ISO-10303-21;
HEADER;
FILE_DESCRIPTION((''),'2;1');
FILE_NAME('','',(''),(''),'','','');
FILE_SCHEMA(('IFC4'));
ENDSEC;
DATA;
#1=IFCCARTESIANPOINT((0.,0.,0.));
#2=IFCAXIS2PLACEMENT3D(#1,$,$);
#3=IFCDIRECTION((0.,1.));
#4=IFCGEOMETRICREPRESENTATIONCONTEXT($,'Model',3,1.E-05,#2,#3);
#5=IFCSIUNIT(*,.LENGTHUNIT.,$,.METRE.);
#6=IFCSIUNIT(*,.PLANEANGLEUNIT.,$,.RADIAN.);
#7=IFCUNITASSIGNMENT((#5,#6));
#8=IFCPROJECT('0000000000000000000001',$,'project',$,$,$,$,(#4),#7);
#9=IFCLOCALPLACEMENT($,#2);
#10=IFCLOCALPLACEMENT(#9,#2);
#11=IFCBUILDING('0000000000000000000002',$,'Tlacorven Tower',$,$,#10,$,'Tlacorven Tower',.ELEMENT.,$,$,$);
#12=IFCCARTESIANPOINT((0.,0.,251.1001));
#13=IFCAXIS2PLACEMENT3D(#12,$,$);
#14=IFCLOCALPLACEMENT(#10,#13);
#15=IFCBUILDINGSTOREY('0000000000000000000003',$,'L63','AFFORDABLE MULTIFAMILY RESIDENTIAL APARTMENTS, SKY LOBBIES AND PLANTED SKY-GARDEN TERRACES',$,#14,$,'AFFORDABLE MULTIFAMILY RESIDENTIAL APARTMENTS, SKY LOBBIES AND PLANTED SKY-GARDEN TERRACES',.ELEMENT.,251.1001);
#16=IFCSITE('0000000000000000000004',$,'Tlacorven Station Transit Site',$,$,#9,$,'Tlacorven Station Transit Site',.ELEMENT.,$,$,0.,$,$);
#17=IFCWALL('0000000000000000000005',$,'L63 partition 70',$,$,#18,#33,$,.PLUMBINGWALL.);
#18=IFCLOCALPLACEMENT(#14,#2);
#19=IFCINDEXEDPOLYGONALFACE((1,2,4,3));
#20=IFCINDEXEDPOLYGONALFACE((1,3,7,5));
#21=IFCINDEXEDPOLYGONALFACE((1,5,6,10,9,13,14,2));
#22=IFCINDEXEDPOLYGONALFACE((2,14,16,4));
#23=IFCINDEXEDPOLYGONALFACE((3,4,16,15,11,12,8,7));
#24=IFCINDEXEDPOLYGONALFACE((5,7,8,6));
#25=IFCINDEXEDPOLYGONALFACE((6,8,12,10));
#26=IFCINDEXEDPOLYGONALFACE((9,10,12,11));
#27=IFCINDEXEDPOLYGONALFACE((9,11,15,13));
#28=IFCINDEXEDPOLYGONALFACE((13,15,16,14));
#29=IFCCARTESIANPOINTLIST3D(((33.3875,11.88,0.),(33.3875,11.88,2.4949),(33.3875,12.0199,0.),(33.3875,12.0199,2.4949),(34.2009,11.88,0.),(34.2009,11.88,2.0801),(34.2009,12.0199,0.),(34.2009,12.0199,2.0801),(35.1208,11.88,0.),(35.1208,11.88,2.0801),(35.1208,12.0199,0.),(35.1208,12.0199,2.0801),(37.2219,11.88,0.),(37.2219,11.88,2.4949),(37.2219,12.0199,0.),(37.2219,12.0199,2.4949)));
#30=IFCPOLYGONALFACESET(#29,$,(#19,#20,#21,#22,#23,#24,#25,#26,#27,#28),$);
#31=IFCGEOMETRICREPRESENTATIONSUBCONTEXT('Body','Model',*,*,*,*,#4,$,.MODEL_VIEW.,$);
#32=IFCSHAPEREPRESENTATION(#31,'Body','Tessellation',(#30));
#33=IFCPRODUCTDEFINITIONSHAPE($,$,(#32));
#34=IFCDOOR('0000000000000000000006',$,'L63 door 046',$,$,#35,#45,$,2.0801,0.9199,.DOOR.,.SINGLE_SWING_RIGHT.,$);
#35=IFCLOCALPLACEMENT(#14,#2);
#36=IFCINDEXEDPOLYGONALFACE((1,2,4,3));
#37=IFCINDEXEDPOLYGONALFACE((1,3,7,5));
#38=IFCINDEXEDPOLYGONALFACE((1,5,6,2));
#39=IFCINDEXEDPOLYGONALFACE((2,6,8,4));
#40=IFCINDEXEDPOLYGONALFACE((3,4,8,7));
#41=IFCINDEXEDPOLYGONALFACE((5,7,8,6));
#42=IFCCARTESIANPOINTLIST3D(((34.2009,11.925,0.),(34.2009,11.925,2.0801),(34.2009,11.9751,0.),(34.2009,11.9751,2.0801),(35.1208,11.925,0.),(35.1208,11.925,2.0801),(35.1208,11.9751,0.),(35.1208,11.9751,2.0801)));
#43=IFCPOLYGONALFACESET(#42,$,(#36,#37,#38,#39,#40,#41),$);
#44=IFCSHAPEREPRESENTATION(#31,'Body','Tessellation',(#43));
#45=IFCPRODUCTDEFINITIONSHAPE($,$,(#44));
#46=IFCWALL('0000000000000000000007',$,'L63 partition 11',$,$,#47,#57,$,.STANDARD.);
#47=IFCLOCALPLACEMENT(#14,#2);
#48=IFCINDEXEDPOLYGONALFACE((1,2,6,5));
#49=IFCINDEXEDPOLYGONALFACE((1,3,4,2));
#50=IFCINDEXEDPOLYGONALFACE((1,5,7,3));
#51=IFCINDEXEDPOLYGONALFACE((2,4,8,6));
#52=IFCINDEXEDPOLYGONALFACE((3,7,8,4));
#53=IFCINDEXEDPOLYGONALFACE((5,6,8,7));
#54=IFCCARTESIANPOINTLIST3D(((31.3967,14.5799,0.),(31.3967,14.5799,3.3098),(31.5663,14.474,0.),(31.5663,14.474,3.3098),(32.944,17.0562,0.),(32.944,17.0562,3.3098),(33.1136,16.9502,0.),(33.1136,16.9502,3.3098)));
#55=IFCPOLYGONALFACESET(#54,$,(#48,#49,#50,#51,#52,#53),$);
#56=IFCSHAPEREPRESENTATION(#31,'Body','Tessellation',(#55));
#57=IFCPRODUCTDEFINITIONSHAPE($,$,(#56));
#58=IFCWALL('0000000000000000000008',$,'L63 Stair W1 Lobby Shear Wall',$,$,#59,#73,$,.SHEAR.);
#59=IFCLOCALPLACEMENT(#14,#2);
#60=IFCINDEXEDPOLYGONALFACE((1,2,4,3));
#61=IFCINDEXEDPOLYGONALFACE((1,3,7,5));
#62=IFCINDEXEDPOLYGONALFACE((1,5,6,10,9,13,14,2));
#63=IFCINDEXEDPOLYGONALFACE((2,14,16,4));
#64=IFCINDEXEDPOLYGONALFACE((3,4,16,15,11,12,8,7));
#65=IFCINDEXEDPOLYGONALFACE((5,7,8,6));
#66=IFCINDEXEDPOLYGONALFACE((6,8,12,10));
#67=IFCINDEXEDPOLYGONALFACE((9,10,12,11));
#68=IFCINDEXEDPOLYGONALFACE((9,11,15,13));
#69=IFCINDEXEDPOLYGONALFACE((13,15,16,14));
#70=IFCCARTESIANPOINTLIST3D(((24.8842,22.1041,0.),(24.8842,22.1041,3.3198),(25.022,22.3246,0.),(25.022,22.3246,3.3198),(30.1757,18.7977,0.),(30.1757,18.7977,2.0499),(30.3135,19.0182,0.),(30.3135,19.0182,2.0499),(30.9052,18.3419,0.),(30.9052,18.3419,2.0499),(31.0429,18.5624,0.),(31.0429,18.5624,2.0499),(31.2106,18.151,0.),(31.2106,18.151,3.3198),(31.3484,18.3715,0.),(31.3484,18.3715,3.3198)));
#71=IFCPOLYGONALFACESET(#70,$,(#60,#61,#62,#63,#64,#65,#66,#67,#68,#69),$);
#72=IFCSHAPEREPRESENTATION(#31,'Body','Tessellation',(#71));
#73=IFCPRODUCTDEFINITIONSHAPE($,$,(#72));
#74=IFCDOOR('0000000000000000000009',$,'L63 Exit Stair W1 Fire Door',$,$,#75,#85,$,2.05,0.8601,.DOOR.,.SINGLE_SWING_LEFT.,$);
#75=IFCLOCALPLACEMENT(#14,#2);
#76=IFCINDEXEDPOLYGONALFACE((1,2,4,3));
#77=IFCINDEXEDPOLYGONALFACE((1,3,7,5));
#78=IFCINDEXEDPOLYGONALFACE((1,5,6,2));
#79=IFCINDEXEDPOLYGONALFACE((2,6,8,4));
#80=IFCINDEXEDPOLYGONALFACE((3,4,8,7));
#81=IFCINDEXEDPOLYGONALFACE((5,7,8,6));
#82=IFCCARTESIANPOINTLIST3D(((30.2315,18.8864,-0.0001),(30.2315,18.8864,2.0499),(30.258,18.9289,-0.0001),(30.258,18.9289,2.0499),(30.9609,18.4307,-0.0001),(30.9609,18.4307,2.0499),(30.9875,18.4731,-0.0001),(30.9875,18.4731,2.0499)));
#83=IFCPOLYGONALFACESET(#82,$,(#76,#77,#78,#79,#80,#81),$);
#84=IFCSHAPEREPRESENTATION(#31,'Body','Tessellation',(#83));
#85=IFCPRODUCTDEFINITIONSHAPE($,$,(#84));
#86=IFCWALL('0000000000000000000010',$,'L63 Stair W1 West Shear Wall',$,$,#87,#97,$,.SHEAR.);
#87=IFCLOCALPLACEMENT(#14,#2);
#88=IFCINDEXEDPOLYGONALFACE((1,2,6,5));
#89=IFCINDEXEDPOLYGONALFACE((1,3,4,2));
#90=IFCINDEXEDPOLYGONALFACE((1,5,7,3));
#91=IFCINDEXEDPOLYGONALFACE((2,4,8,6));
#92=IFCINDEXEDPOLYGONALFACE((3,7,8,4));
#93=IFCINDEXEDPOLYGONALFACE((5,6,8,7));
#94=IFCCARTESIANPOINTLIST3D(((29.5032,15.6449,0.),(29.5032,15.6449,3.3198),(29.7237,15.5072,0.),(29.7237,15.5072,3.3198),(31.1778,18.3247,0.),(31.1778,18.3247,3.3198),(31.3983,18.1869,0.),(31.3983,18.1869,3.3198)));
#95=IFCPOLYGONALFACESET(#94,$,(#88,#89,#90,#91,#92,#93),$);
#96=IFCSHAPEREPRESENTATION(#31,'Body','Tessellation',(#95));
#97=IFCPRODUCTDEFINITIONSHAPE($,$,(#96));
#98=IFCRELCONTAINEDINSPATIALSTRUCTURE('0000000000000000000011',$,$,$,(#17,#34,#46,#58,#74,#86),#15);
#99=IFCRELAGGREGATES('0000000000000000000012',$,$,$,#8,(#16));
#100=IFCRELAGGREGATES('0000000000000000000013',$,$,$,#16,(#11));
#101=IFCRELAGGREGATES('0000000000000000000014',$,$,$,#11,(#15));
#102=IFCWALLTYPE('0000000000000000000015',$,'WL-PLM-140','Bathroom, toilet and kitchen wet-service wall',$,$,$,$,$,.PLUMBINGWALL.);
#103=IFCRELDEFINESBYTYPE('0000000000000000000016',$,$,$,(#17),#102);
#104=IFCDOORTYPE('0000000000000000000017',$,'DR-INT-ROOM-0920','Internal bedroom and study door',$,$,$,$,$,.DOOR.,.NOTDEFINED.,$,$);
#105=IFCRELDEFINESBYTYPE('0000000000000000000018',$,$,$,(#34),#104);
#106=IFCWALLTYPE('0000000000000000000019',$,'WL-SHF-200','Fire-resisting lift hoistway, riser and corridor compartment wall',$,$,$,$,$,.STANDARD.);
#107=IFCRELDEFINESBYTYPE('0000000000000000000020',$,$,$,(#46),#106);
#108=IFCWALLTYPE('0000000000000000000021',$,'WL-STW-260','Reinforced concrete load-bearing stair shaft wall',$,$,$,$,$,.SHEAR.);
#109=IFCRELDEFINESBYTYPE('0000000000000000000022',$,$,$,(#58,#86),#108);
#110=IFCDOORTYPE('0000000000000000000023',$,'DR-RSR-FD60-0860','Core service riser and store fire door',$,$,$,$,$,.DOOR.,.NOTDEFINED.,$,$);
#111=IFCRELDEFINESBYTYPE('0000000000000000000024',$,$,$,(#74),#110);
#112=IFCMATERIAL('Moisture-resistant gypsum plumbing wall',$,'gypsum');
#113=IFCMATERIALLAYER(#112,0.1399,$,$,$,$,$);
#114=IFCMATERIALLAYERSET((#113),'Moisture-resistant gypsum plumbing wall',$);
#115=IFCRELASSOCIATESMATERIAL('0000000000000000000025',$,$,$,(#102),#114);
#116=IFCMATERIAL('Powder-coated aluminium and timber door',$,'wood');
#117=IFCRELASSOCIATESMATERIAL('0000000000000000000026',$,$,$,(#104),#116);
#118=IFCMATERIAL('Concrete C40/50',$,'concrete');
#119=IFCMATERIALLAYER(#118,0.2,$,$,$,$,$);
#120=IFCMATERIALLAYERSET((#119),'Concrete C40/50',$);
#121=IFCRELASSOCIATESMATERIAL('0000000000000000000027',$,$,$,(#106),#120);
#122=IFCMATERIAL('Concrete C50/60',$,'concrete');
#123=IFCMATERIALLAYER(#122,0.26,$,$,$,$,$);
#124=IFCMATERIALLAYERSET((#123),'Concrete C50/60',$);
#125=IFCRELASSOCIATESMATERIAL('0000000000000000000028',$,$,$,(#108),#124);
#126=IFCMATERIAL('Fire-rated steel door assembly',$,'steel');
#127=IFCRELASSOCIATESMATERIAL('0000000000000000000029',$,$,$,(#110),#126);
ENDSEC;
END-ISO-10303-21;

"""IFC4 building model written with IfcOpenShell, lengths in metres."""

from ifc_helpers import new_model, si_unit, direction, frame, frame_2d, origin, place, context, subcontext, project, spatial, rectangle, extrude, source, transform, mapped, material, layer, layer_set, type_object, element, fill, save


model = new_model("IFC4")

# Units and contexts
model_context = context("Model", 3, precision=1e-05, world=origin(), true_north=direction((0.0, 1.0)))
body_context = subcontext(model_context, "Body", "Model", "MODEL_VIEW")
ifc_project = project(units=[si_unit("LENGTHUNIT", "METRE"), si_unit("PLANEANGLEUNIT", "RADIAN")], contexts=[model_context])

# Site, building, storey
site_placement = place(None, origin())
site = spatial("IfcSite", under=ifc_project, at=site_placement, Name="Tlacorven Station Transit Site", LongName="Tlacorven Station Transit Site", CompositionType="ELEMENT", RefElevation=0.0)
building_placement = place(site_placement, origin())
building = spatial("IfcBuilding", under=site, at=building_placement, Name="Tlacorven Tower", LongName="Tlacorven Tower", CompositionType="ELEMENT")
storey_placement = place(building_placement, frame((0.0, 0.0, 251.1001)))
storey = spatial("IfcBuildingStorey", under=building, at=storey_placement, Name="L63", Description="AFFORDABLE MULTIFAMILY RESIDENTIAL APARTMENTS, SKY LOBBIES AND PLANTED SKY-GARDEN TERRACES", LongName="AFFORDABLE MULTIFAMILY RESIDENTIAL APARTMENTS, SKY LOBBIES AND PLANTED SKY-GARDEN TERRACES", CompositionType="ELEMENT", Elevation=251.1001)

# Shared definitions
ifc_material_1 = material(Name="Concrete C50/60", Category="concrete")

# Shared definitions
ifc_material_2 = material(Name="Fire-rated steel door assembly", Category="steel")

# Shared definitions
ifc_material_3 = material(Name="Moisture-resistant gypsum plumbing wall", Category="gypsum")
ifc_layer_1 = layer(ifc_material_3, 0.1399)
ifc_layer_set_1 = layer_set([ifc_layer_1], Name="Moisture-resistant gypsum plumbing wall")
wall_type_1 = type_object("IfcWallType", Name="WL-PLM-140", Description="Bathroom, toilet and kitchen wet-service wall", PredefinedType="PLUMBINGWALL", material=ifc_layer_set_1)

# Wall, opening, door
wall_1_placement = place(storey_placement, frame((33.3875, 11.95, 0.0), z_axis=(0.0, 0.0, 1.0), x_axis=(1.0, 0.0, 0.0)))
wall_1 = element("IfcWall", 1, at=wall_1_placement, inside=storey, type_object=wall_type_1, Name="L63 partition 70", PredefinedType="PLUMBINGWALL", context=body_context, shape_type="SweptSolid", body=[
    extrude(rectangle(XDim=3.8345, YDim=0.1399, at=frame_2d((1.9172, 0.0))), origin(), (0.0, 0.0, 1.0), 2.4949),
])
opening_1_placement = place(wall_1_placement, frame((0.8135, 0.0, 0.0)))
opening_1 = element("IfcOpeningElement", 2, at=opening_1_placement, cuts=wall_1, PredefinedType="OPENING", context=body_context, shape_type="SweptSolid", body=[
    extrude(rectangle(XDim=0.9199, YDim=2.0801, at=frame_2d((0.46, 1.04))), frame((0.0, 0.0801, 0.0), z_axis=(0.0, -1.0, 0.0), x_axis=(1.0, 0.0, 0.0)), (0.0, 0.0, 1.0), 0.1599),
])
ifc_material_4 = material(Name="Powder-coated aluminium and timber door", Category="wood")
door_type_1 = type_object("IfcDoorType", Name="DR-INT-ROOM-0920", Description="Internal bedroom and study door", OperationType="NOTDEFINED", PredefinedType="DOOR", material=ifc_material_4)
shared_shape_1 = source(origin(), body_context, "Body", "SweptSolid", [
    extrude(rectangle(XDim=0.9199, YDim=2.0801, at=frame_2d((0.46, 1.04))), frame((0.0, 0.0249, 0.0), z_axis=(0.0, -1.0, 0.0), x_axis=(1.0, 0.0, 0.0)), (0.0, 0.0, 1.0), 0.05),
])
door_1_placement = place(opening_1_placement, frame((0.9199, 0.0, 0.0), z_axis=(0.0, 0.0, 1.0), x_axis=(-1.0, 0.0, 0.0)))
door_1 = element("IfcDoor", 3, at=door_1_placement, inside=storey, type_object=door_type_1, Name="L63 door 046", OperationType="SINGLE_SWING_RIGHT", OverallHeight=2.0801, OverallWidth=0.9199, PredefinedType="DOOR", context=body_context, shape_type="MappedRepresentation", body=[
    mapped(shared_shape_1, transform((0.0, 0.0, 0.0), scale=1.0)),
])
fill(opening_1, door_1)

# Wall
ifc_material_5 = material(Name="Concrete C40/50", Category="concrete")
ifc_layer_2 = layer(ifc_material_5, 0.2)
ifc_layer_set_2 = layer_set([ifc_layer_2], Name="Concrete C40/50")
wall_type_2 = type_object("IfcWallType", Name="WL-SHF-200", Description="Fire-resisting lift hoistway, riser and corridor compartment wall", PredefinedType="STANDARD", material=ifc_layer_set_2)
wall_2_placement = place(storey_placement, frame((33.0288, 17.0032, 0.0), z_axis=(0.0, 0.0, 1.0), x_axis=(-0.529916, -0.84805, 0.0)))
element("IfcWall", 4, at=wall_2_placement, inside=storey, type_object=wall_type_2, Name="L63 partition 11", PredefinedType="STANDARD", context=body_context, shape_type="SweptSolid", body=[
    extrude(rectangle(XDim=2.9199, YDim=0.2, at=frame_2d((1.46, 0.0))), origin(), (0.0, 0.0, 1.0), 3.3098),
])

# Wall, opening, door
ifc_layer_3 = layer(ifc_material_1, 0.26)
ifc_layer_set_3 = layer_set([ifc_layer_3], Name="Concrete C50/60")
wall_type_3 = type_object("IfcWallType", Name="WL-STW-260", Description="Reinforced concrete load-bearing stair shaft wall", PredefinedType="SHEAR", material=ifc_layer_set_3)
wall_3_placement = place(storey_placement, frame((31.2795, 18.2612, 0.0), z_axis=(0.0, 0.0, 1.0), x_axis=(-0.848052, 0.529914, 0.0)))
wall_3 = element("IfcWall", 5, at=wall_3_placement, inside=storey, type_object=wall_type_3, Name="L63 Stair W1 Lobby Shear Wall", PredefinedType="SHEAR", context=body_context, shape_type="SweptSolid", body=[
    extrude(rectangle(XDim=7.46, YDim=0.26, at=frame_2d((3.73, 0.0))), origin(), (0.0, 0.0, 1.0), 3.3198),
])
opening_2_placement = place(wall_3_placement, frame((0.3601, 0.0, 0.0)))
opening_2 = element("IfcOpeningElement", 6, at=opening_2_placement, cuts=wall_3, PredefinedType="OPENING", context=body_context, shape_type="SweptSolid", body=[
    extrude(rectangle(XDim=0.8601, YDim=2.05, at=frame_2d((0.4302, 1.0249))), frame((0.0, 0.1401, 0.0), z_axis=(0.0, -1.0, 0.0), x_axis=(1.0, 0.0, 0.0)), (0.0, 0.0, 1.0), 0.28),
])
door_type_2 = type_object("IfcDoorType", Name="DR-RSR-FD60-0860", Description="Core service riser and store fire door", OperationType="NOTDEFINED", PredefinedType="DOOR", material=ifc_material_2)
shared_shape_2 = source(origin(), body_context, "Body", "SweptSolid", [
    extrude(rectangle(XDim=0.8601, YDim=2.05, at=frame_2d((0.4302, 1.0249))), frame((0.0, 0.0249, 0.0), z_axis=(0.0, -1.0, 0.0), x_axis=(1.0, 0.0, 0.0)), (0.0, 0.0, 1.0), 0.05),
])
door_2_placement = place(opening_2_placement, frame((0.8601, 0.0, 0.0), z_axis=(0.0, 0.0, 1.0), x_axis=(-1.0, 0.0, 0.0)))
door_2 = element("IfcDoor", 7, at=door_2_placement, inside=storey, type_object=door_type_2, Name="L63 Exit Stair W1 Fire Door", OperationType="SINGLE_SWING_LEFT", OverallHeight=2.05, OverallWidth=0.8601, PredefinedType="DOOR", context=body_context, shape_type="MappedRepresentation", body=[
    mapped(shared_shape_2, transform((0.0, 0.0, 0.0), scale=1.0)),
])
fill(opening_2, door_2)

# Wall
wall_4_placement = place(storey_placement, frame((31.2881, 18.2559, 0.0), z_axis=(0.0, 0.0, 1.0), x_axis=(-0.529943, -0.848033, 0.0)))
element("IfcWall", 8, at=wall_4_placement, inside=storey, type_object=wall_type_3, Name="L63 Stair W1 West Shear Wall", PredefinedType="SHEAR", context=body_context, shape_type="SweptSolid", body=[
    extrude(rectangle(XDim=3.1599, YDim=0.26, at=frame_2d((1.5801, 0.0))), origin(), (0.0, 0.0, 1.0), 3.3198),
])

save(model, "model.ifc")
